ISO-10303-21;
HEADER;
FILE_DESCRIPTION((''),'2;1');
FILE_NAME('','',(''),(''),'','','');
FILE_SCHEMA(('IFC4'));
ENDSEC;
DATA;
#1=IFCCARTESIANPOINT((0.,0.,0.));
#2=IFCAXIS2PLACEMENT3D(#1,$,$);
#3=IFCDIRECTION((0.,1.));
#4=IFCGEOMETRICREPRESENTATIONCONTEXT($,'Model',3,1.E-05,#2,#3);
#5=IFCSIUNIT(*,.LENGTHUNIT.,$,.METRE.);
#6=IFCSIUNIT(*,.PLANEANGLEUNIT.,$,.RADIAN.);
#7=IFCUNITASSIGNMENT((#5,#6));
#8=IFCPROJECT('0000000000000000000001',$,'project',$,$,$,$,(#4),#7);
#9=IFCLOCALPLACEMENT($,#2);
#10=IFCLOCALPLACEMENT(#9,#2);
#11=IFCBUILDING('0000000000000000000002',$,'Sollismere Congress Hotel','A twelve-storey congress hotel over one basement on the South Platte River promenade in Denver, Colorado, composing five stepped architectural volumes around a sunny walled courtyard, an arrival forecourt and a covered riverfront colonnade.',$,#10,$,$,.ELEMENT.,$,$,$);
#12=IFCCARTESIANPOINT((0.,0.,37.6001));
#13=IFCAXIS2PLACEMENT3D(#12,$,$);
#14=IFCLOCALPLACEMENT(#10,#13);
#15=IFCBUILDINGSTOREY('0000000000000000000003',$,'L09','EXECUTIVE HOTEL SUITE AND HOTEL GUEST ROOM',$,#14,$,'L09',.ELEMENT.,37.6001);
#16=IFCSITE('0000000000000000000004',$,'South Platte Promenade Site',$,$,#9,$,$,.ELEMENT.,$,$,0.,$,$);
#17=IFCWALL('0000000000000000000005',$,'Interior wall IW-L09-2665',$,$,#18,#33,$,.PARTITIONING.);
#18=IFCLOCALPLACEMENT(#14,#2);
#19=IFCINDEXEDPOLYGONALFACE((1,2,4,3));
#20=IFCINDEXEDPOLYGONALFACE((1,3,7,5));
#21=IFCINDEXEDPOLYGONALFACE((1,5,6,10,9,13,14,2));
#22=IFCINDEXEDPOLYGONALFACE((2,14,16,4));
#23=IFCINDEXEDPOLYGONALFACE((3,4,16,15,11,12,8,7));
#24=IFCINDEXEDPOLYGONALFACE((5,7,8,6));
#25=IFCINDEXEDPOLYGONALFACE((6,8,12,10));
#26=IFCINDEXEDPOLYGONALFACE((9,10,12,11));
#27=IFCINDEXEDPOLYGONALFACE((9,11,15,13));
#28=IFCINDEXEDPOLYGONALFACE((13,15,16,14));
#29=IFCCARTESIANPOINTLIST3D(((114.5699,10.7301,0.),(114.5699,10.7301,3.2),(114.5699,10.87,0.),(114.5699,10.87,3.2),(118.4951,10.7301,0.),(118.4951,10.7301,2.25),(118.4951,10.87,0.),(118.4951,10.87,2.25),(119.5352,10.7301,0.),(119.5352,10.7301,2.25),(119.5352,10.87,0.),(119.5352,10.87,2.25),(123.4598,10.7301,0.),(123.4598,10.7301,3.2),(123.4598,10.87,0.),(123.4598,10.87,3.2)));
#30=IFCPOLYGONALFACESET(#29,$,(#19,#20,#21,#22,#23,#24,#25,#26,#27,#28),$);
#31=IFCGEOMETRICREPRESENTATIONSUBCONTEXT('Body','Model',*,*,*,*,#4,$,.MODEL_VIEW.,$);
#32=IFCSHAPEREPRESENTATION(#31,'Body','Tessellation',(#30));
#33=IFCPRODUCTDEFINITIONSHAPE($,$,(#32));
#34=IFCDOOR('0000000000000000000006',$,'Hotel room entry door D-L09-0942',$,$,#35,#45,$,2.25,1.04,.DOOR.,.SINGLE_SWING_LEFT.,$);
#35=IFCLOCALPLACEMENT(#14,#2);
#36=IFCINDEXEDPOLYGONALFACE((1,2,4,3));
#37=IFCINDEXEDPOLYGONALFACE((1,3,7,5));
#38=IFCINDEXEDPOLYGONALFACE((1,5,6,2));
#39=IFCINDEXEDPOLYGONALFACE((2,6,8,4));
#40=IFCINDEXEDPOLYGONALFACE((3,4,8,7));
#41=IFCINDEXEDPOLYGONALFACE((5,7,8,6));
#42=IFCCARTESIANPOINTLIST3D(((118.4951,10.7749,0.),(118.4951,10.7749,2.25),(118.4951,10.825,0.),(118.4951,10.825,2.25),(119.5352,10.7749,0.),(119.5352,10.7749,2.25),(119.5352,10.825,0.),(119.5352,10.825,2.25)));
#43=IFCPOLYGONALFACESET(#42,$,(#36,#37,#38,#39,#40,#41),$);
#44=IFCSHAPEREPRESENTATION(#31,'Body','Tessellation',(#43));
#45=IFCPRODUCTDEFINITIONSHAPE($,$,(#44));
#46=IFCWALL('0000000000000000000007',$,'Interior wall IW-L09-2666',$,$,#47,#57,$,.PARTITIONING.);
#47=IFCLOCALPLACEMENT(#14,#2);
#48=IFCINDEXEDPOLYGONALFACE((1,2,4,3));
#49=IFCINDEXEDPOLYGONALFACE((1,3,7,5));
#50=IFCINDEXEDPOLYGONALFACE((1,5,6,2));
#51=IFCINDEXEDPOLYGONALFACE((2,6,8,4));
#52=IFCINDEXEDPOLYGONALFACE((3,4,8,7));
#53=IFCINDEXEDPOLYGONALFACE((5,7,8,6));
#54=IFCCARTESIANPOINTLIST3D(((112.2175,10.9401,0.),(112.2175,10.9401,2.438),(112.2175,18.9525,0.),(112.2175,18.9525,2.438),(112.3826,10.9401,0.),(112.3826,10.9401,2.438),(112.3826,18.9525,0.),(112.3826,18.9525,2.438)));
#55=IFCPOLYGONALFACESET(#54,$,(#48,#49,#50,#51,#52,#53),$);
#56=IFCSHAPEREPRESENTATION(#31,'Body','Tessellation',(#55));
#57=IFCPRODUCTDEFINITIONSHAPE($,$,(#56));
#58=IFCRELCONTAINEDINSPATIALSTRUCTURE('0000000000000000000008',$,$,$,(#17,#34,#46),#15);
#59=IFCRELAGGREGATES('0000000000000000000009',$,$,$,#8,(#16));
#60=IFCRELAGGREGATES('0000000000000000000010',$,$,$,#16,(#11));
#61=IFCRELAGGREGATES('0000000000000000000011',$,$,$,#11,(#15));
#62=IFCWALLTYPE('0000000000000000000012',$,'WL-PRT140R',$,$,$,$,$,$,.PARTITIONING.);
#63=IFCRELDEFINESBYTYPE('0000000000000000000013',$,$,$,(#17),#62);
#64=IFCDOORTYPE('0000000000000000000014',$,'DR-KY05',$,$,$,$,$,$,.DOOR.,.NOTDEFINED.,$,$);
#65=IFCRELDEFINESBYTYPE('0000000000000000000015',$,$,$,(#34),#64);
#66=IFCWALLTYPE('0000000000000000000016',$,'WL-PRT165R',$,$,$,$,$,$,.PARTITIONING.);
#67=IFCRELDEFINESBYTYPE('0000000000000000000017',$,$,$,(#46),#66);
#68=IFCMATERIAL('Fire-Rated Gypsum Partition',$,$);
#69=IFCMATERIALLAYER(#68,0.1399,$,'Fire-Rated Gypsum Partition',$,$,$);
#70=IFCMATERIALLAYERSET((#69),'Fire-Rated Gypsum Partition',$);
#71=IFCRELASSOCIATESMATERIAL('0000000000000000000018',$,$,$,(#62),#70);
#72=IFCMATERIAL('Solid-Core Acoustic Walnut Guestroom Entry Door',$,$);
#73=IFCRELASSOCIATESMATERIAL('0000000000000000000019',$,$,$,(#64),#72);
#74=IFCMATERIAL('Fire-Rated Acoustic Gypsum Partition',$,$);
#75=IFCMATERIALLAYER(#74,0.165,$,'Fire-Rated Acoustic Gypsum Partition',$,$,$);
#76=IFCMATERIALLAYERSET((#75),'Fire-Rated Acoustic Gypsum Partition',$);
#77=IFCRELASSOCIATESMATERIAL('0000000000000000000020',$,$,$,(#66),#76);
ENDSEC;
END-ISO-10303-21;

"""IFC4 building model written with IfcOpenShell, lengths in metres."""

from ifc_helpers import new_model, si_unit, direction, frame, frame_2d, origin, place, context, subcontext, project, spatial, rectangle, extrude, material, layer, layer_set, type_object, element, fill, save


model = new_model("IFC4")

# Units and contexts
model_context = context("Model", 3, precision=1e-05, world=origin(), true_north=direction((0.0, 1.0)))
body_context = subcontext(model_context, "Body", "Model", "MODEL_VIEW")
ifc_project = project(units=[si_unit("LENGTHUNIT", "METRE"), si_unit("PLANEANGLEUNIT", "RADIAN")], contexts=[model_context])

# Site, building, storey
site_placement = place(None, origin())
site = spatial("IfcSite", under=ifc_project, at=site_placement, Name="South Platte Promenade Site", CompositionType="ELEMENT", RefElevation=0.0)
building_placement = place(site_placement, origin())
building = spatial("IfcBuilding", under=site, at=building_placement, Name="Sollismere Congress Hotel", Description="A twelve-storey congress hotel over one basement on the South Platte River promenade in Denver, Colorado, composing five stepped architectural volumes around a sunny walled courtyard, an arrival forecourt and a covered riverfront colonnade.", CompositionType="ELEMENT")
storey_placement = place(building_placement, frame((0.0, 0.0, 37.6001)))
storey = spatial("IfcBuildingStorey", under=building, at=storey_placement, Name="L09", Description="EXECUTIVE HOTEL SUITE AND HOTEL GUEST ROOM", LongName="L09", CompositionType="ELEMENT", Elevation=37.6001)

# Shared definitions
ifc_material_1 = material(Name="Fire-Rated Gypsum Partition")
ifc_layer_1 = layer(ifc_material_1, 0.1399, Name="Fire-Rated Gypsum Partition")
ifc_layer_set_1 = layer_set([ifc_layer_1], Name="Fire-Rated Gypsum Partition")
wall_type_1 = type_object("IfcWallType", Name="WL-PRT140R", PredefinedType="PARTITIONING", material=ifc_layer_set_1)

# Shared definitions
ifc_material_2 = material(Name="Solid-Core Acoustic Walnut Guestroom Entry Door")

# Wall, opening, door
wall_1_placement = place(storey_placement, frame((114.5701, 10.8, 0.0), z_axis=(0.0, 0.0, 1.0), x_axis=(1.0, 0.0, 0.0)))
wall_1 = element("IfcWall", 1, at=wall_1_placement, inside=storey, type_object=wall_type_1, Name="Interior wall IW-L09-2665", PredefinedType="PARTITIONING", context=body_context, shape_type="SweptSolid", body=[
    extrude(rectangle(XDim=8.8899, YDim=0.1399, at=frame_2d((4.4448, 0.0))), origin(), (0.0, 0.0, 1.0), 3.2),
])
opening_1_placement = place(wall_1_placement, frame((3.925, 0.0, 0.0)))
opening_1 = element("IfcOpeningElement", 2, at=opening_1_placement, cuts=wall_1, PredefinedType="OPENING", context=body_context, shape_type="SweptSolid", body=[
    extrude(rectangle(XDim=1.04, YDim=2.25, at=frame_2d((0.52, 1.125))), frame((0.0, 0.0798, 0.0), z_axis=(0.0, -1.0, 0.0), x_axis=(1.0, 0.0, 0.0)), (0.0, 0.0, 1.0), 0.1599),
])
door_type_1 = type_object("IfcDoorType", Name="DR-KY05", OperationType="NOTDEFINED", PredefinedType="DOOR", material=ifc_material_2)
door_1_placement = place(opening_1_placement, origin())
door_1 = element("IfcDoor", 3, at=door_1_placement, inside=storey, type_object=door_type_1, Name="Hotel room entry door D-L09-0942", OperationType="SINGLE_SWING_LEFT", OverallHeight=2.25, OverallWidth=1.04, PredefinedType="DOOR", context=body_context, shape_type="SweptSolid", body=[
    extrude(rectangle(XDim=1.04, YDim=2.25, at=frame_2d((0.52, 1.125))), frame((0.0, 0.0249, 0.0), z_axis=(0.0, -1.0, 0.0), x_axis=(1.0, 0.0, 0.0)), (0.0, 0.0, 1.0), 0.05),
])
fill(opening_1, door_1)

# Wall
ifc_material_3 = material(Name="Fire-Rated Acoustic Gypsum Partition")
ifc_layer_2 = layer(ifc_material_3, 0.165, Name="Fire-Rated Acoustic Gypsum Partition")
ifc_layer_set_2 = layer_set([ifc_layer_2], Name="Fire-Rated Acoustic Gypsum Partition")
wall_type_2 = type_object("IfcWallType", Name="WL-PRT165R", PredefinedType="PARTITIONING", material=ifc_layer_set_2)
wall_2_placement = place(storey_placement, frame((112.3, 10.9399, 0.0), z_axis=(0.0, 0.0, 1.0), x_axis=(0.0, 1.0, 0.0)))
element("IfcWall", 4, at=wall_2_placement, inside=storey, type_object=wall_type_2, Name="Interior wall IW-L09-2666", PredefinedType="PARTITIONING", context=body_context, shape_type="SweptSolid", body=[
    extrude(rectangle(XDim=8.0125, YDim=0.165, at=frame_2d((4.0063, 0.0))), origin(), (0.0, 0.0, 1.0), 2.438),
])

save(model, "model.ifc")
